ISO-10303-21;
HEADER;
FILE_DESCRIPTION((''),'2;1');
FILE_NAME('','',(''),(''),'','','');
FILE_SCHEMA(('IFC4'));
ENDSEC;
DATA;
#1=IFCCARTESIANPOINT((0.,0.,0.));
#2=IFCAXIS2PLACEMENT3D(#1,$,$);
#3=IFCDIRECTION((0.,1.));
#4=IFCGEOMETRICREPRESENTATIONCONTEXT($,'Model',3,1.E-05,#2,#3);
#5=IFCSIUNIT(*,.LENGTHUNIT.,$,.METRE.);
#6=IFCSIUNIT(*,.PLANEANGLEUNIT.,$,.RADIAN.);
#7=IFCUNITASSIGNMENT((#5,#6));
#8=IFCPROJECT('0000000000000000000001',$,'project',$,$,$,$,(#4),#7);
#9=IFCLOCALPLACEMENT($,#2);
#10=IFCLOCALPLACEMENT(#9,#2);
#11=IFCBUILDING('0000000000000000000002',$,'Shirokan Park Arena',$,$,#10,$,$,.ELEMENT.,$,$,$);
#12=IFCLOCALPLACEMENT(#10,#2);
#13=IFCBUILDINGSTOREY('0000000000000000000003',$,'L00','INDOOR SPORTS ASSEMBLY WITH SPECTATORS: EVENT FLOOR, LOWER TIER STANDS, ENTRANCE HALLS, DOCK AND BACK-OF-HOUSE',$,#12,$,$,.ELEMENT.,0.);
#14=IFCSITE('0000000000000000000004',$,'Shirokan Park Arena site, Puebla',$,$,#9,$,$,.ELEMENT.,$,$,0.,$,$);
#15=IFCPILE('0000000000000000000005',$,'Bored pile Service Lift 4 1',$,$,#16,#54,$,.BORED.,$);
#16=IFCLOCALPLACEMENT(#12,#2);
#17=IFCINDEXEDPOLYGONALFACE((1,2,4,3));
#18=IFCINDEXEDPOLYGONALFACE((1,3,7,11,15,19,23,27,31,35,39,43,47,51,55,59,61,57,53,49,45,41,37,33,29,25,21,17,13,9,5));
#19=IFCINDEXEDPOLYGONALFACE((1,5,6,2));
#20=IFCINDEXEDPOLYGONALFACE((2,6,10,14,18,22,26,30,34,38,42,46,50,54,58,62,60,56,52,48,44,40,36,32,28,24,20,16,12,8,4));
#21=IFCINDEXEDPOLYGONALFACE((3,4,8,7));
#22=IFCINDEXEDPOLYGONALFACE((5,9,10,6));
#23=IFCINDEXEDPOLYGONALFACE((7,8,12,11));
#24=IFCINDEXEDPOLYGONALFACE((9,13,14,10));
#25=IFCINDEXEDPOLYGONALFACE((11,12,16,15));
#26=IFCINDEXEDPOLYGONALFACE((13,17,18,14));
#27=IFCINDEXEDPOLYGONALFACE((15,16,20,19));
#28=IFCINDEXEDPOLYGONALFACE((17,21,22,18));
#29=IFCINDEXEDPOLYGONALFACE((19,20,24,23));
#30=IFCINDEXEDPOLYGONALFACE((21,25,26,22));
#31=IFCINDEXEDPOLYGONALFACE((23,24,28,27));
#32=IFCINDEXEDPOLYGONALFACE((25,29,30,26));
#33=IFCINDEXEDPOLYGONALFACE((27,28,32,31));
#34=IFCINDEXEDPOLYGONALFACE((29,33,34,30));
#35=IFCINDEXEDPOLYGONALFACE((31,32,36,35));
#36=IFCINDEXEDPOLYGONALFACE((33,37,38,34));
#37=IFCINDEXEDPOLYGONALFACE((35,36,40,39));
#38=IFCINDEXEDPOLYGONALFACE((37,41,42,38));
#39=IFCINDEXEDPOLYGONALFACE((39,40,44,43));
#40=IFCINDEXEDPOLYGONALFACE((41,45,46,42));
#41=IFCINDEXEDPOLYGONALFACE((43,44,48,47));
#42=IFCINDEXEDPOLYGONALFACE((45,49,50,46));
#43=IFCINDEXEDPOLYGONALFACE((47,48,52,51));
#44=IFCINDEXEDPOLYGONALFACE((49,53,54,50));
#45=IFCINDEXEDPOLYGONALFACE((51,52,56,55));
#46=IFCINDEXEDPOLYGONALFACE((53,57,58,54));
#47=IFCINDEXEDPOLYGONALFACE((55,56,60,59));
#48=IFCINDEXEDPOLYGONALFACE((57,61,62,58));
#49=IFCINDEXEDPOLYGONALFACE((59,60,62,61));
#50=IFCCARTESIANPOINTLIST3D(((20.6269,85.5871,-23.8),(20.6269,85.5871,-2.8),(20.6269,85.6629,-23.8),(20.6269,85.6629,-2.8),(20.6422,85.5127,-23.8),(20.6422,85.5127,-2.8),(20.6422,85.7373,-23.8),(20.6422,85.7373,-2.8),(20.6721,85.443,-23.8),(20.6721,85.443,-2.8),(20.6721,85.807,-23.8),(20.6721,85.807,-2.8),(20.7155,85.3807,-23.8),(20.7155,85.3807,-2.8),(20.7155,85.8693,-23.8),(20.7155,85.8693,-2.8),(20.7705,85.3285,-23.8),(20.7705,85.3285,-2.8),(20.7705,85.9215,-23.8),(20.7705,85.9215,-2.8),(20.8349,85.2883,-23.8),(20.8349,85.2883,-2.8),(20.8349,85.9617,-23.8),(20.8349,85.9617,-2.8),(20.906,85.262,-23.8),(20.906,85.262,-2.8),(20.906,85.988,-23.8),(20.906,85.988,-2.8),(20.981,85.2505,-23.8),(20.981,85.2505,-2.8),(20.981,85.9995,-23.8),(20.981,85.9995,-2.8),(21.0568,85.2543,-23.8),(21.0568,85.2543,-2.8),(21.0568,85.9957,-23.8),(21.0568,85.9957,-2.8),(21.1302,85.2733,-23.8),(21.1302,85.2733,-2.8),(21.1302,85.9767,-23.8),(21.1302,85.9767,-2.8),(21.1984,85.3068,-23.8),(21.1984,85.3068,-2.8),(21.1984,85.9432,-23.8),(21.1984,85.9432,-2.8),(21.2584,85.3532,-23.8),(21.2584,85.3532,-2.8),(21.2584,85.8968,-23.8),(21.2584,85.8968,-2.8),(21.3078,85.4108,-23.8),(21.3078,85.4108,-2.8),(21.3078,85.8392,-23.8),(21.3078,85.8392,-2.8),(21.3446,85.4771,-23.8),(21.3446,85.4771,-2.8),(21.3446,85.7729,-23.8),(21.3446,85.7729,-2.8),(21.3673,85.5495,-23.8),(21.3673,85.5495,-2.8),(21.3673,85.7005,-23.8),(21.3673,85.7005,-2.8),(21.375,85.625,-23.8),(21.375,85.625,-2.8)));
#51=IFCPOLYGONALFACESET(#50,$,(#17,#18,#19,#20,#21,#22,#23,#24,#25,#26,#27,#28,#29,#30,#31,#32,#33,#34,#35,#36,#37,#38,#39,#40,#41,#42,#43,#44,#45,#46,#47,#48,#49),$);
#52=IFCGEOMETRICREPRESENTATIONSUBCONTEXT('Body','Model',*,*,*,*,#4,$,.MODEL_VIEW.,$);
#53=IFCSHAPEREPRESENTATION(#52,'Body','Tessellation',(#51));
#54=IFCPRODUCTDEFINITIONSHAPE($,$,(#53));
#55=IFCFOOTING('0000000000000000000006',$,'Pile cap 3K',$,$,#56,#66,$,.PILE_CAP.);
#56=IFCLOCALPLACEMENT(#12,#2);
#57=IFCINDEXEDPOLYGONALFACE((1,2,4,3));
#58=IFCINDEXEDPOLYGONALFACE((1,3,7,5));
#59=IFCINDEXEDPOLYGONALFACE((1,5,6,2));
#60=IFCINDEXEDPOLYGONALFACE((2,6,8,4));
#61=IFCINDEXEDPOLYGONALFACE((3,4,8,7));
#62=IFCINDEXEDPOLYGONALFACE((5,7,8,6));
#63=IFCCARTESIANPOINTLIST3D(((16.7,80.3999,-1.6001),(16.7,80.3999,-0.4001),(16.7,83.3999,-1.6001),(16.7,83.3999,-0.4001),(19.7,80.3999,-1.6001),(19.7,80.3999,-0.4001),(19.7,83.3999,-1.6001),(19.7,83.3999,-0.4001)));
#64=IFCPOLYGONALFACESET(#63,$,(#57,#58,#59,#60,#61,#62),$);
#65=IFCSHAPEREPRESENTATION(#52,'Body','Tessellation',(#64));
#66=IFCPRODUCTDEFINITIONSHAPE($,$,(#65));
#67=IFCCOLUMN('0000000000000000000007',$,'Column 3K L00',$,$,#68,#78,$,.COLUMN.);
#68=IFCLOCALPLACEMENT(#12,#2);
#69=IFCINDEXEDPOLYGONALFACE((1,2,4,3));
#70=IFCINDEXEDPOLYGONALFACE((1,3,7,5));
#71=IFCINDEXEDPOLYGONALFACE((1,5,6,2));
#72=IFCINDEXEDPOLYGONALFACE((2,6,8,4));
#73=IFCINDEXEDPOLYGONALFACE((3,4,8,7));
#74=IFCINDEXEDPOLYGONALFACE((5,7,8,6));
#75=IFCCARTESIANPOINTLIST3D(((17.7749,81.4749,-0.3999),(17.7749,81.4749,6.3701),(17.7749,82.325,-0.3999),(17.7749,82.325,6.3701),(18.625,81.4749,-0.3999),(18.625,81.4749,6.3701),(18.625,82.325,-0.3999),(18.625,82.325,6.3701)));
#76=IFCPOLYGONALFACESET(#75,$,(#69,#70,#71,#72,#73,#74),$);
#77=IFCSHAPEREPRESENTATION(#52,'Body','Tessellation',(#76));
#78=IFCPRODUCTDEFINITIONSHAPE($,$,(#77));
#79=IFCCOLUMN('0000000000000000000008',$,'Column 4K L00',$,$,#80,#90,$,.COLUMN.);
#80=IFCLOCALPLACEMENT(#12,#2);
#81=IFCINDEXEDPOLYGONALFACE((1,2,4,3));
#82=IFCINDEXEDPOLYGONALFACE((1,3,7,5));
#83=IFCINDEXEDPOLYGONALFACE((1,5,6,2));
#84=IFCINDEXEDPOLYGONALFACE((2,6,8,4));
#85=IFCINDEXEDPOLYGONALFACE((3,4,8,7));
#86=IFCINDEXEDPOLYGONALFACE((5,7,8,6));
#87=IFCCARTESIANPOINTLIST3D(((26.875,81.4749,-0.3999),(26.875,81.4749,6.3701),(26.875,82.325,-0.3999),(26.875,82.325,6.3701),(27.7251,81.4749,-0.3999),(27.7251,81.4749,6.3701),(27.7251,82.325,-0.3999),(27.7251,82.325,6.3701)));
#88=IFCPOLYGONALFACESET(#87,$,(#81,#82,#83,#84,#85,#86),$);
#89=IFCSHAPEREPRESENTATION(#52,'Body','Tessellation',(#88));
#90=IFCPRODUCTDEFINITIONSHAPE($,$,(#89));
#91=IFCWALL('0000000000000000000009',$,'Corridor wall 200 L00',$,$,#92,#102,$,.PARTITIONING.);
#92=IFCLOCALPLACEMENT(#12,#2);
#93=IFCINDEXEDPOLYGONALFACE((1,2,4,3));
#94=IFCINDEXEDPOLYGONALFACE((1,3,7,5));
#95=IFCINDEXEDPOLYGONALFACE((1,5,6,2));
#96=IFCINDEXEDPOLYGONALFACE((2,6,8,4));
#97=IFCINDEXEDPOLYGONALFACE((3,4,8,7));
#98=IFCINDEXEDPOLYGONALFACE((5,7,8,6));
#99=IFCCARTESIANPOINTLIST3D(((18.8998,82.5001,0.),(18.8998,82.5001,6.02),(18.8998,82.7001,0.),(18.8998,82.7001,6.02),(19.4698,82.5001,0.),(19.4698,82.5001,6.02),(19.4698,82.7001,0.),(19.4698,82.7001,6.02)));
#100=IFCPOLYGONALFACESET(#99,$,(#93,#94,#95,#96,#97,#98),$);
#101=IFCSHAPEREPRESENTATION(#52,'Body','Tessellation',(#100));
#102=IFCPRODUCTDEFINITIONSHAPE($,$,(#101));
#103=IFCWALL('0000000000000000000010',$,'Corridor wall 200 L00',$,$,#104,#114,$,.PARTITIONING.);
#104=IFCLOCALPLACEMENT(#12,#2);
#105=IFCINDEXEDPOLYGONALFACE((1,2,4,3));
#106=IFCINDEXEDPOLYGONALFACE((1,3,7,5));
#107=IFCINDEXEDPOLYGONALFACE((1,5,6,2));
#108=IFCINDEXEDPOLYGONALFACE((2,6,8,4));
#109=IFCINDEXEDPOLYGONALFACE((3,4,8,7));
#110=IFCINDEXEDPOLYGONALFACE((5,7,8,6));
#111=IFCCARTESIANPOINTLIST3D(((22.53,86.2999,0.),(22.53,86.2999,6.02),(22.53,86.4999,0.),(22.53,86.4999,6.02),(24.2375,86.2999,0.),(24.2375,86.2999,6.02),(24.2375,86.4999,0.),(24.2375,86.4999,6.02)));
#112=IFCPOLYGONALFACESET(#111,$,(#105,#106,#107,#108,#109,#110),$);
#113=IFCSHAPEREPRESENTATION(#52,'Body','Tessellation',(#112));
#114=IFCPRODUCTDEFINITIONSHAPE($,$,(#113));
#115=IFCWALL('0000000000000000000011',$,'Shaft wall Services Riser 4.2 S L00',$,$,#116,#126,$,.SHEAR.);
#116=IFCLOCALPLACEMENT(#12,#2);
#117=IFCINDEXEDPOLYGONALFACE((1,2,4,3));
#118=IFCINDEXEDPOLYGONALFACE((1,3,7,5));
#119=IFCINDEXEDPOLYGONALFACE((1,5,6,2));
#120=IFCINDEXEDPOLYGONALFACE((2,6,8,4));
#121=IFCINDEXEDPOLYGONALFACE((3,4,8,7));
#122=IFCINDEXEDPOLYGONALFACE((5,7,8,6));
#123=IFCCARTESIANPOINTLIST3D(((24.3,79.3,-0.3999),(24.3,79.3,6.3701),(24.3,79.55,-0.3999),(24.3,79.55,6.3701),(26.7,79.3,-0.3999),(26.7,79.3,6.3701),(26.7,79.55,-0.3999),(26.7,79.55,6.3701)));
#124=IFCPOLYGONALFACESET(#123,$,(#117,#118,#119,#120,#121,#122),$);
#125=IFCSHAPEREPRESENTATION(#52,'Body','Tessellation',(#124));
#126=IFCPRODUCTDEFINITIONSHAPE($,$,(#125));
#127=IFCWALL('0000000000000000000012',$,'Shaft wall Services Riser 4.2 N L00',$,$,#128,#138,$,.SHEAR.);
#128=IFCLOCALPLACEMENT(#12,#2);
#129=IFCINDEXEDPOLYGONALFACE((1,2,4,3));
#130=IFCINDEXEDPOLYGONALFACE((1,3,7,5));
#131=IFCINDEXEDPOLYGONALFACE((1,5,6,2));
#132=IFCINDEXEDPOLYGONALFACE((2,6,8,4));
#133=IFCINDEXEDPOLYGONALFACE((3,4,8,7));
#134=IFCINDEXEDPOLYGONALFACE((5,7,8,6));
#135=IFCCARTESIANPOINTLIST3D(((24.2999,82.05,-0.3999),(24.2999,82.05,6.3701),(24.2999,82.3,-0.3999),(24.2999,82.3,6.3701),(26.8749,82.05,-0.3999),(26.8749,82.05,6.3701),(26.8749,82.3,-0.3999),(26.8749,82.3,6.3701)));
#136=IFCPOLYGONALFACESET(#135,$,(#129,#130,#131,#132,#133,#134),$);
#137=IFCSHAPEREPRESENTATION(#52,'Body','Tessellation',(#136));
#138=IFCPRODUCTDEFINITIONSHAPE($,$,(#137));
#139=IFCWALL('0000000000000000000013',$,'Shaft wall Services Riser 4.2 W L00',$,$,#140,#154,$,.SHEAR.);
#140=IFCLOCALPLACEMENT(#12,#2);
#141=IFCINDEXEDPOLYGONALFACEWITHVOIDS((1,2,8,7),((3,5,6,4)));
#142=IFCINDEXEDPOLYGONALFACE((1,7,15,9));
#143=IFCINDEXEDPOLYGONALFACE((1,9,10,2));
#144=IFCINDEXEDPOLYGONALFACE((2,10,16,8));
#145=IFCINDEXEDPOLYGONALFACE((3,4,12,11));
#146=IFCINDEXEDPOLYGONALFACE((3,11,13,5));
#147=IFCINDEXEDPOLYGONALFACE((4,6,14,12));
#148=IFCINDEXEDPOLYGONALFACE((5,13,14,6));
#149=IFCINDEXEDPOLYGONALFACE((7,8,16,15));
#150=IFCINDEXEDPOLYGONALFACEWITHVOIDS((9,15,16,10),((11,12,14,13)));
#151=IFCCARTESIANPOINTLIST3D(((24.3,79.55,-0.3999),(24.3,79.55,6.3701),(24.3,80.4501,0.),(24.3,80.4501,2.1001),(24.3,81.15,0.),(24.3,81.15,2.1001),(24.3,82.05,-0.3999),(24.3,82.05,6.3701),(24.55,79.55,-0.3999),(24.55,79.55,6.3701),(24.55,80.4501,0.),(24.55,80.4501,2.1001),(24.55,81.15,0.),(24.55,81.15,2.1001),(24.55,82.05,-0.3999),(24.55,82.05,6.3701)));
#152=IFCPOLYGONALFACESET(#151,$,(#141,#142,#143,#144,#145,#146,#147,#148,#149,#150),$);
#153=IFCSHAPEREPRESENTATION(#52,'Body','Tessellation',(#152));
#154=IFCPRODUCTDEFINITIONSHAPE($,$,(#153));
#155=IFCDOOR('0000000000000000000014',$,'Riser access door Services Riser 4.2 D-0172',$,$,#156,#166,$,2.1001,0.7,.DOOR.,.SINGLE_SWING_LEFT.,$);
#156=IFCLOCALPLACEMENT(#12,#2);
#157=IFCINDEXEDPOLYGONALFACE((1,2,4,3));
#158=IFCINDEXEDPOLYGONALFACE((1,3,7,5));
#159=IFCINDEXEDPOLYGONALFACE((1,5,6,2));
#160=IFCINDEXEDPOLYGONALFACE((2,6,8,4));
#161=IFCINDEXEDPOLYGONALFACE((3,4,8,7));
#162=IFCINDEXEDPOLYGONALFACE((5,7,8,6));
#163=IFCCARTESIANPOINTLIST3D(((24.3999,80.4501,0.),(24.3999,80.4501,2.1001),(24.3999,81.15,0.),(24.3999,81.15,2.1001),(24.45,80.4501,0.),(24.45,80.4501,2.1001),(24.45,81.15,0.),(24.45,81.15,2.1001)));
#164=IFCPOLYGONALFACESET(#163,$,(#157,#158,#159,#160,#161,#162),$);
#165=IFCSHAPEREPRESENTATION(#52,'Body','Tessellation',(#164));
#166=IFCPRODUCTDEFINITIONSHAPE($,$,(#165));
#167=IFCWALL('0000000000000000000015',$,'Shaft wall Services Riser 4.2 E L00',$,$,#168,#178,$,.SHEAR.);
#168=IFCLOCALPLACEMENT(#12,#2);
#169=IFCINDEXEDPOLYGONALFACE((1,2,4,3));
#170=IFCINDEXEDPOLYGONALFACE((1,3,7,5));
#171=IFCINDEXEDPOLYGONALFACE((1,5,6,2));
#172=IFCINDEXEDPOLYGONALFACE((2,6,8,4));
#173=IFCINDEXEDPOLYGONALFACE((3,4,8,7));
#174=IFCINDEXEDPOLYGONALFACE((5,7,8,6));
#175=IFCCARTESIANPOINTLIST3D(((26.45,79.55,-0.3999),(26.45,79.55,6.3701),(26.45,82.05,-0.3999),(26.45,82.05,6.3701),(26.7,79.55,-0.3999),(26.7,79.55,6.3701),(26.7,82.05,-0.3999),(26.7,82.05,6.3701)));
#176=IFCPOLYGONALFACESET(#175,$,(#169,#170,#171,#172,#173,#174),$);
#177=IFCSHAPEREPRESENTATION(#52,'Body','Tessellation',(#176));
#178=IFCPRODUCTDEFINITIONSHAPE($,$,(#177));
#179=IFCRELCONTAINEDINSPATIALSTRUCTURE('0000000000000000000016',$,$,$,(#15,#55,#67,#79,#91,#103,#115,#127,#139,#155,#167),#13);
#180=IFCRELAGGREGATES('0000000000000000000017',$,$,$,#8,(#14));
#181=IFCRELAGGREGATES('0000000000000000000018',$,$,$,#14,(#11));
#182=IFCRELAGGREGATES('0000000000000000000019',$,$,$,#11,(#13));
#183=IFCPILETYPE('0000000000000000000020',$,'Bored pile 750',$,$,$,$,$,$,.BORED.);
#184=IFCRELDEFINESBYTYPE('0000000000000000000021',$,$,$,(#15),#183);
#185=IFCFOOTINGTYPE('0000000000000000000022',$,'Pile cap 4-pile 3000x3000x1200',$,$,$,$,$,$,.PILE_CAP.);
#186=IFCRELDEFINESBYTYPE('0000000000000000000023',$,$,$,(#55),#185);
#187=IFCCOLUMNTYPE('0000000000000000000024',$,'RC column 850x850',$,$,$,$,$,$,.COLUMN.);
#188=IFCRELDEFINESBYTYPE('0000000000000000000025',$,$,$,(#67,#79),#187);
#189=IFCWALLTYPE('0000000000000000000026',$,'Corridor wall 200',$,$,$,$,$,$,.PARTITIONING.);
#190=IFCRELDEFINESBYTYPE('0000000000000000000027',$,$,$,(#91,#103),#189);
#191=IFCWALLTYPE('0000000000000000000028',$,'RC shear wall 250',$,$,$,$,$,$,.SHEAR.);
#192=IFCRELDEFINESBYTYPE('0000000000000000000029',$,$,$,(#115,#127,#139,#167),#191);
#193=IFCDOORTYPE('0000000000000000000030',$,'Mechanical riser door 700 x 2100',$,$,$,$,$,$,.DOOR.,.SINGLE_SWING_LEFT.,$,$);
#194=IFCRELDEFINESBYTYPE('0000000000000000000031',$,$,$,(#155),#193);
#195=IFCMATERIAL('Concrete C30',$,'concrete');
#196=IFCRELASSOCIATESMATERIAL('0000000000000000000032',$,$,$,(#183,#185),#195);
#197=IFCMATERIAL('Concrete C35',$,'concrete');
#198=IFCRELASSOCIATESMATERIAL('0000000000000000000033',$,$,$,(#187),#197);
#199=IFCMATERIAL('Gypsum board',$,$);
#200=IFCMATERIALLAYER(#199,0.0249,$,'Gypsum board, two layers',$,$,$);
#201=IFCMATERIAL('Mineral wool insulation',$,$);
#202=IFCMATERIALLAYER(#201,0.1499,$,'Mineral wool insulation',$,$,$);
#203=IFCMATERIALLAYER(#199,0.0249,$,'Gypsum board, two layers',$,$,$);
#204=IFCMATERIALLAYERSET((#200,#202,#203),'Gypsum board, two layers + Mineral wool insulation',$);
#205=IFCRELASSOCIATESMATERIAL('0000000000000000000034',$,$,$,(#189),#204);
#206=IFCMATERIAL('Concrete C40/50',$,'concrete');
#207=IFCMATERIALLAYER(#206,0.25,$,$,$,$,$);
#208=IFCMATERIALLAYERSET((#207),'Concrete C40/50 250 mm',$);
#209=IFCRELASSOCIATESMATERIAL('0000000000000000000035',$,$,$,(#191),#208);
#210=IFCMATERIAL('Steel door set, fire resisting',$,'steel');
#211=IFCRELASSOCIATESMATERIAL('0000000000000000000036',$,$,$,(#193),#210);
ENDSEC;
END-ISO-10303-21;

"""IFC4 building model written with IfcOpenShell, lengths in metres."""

from ifc_helpers import new_model, si_unit, direction, frame, frame_2d, origin, origin_2d, place, context, subcontext, project, spatial, rectangle, circle, extrude, material, layer, layer_set, material_profile, profile_set, type_object, element, fill, save


model = new_model("IFC4")

# Units and contexts
model_context = context("Model", 3, precision=1e-05, world=origin(), true_north=direction((0.0, 1.0)))
body_context = subcontext(model_context, "Body", "Model", "MODEL_VIEW")
ifc_project = project(units=[si_unit("LENGTHUNIT", "METRE"), si_unit("PLANEANGLEUNIT", "RADIAN")], contexts=[model_context])

# Site, building, storey
site_placement = place(None, origin())
site = spatial("IfcSite", under=ifc_project, at=site_placement, Name="Shirokan Park Arena site, Puebla", CompositionType="ELEMENT", RefElevation=0.0)
building_placement = place(site_placement, origin())
building = spatial("IfcBuilding", under=site, at=building_placement, Name="Shirokan Park Arena", CompositionType="ELEMENT")
storey_placement = place(building_placement, origin())
storey = spatial("IfcBuildingStorey", under=building, at=storey_placement, Name="L00", Description="INDOOR SPORTS ASSEMBLY WITH SPECTATORS: EVENT FLOOR, LOWER TIER STANDS, ENTRANCE HALLS, DOCK AND BACK-OF-HOUSE", CompositionType="ELEMENT", Elevation=0.0)

# Pile
ifc_material_1 = material(Name="Concrete C30", Category="concrete")
ifc_material_profile_1 = material_profile(ifc_material_1, circle(Radius=0.375, at=origin_2d()), Name="D750")
ifc_profile_set_1 = profile_set([ifc_material_profile_1], Name="Concrete C30")
pile_type_1 = type_object("IfcPileType", Name="Bored pile 750", PredefinedType="BORED", material=ifc_profile_set_1)
for number, where, z_axis, x_axis, name in (
    (1, (21.0, 85.625, -2.8), (0.0, 0.0, -1.0), (1.0, 0.0, 0.0), "Bored pile Service Lift 4 1"),
):
    element("IfcPile", number, at=place(storey_placement, frame(where, z_axis=z_axis, x_axis=x_axis)), inside=storey, type_object=pile_type_1, Name=name, PredefinedType="BORED", context=body_context, shape_type="SweptSolid", body=[
        extrude(circle(Radius=0.375, at=origin_2d()), origin(), (0.0, 0.0, 1.0), 21.0),
    ])

# Footing
footing_type = type_object("IfcFootingType", Name="Pile cap 4-pile 3000x3000x1200", PredefinedType="PILE_CAP", material=ifc_material_1)
footing_placement = place(storey_placement, frame((18.2, 81.8999, -1.6001), z_axis=(0.0, 0.0, 1.0), x_axis=(1.0, 0.0, 0.0)))
element("IfcFooting", 2, at=footing_placement, inside=storey, type_object=footing_type, Name="Pile cap 3K", PredefinedType="PILE_CAP", context=body_context, shape_type="SweptSolid", body=[
    extrude(rectangle(XDim=3.0, YDim=3.0, at=origin_2d()), origin(), (0.0, 0.0, 1.0), 1.2),
])

# Columns
ifc_material_2 = material(Name="Concrete C35", Category="concrete")
ifc_material_profile_2 = material_profile(ifc_material_2, rectangle(XDim=0.8501, YDim=0.8501, at=origin_2d()), Name="850x850")
ifc_profile_set_2 = profile_set([ifc_material_profile_2], Name="Concrete C35")
column_type = type_object("IfcColumnType", Name="RC column 850x850", PredefinedType="COLUMN", material=ifc_profile_set_2)
for number, where, z_axis, x_axis, name in (
    (3, (18.2, 81.8999, -0.3999), (0.0, 0.0, 1.0), (1.0, 0.0, 0.0), "Column 3K L00"),
    (4, (27.3, 81.8999, -0.3999), (0.0, 0.0, 1.0), (1.0, 0.0, 0.0), "Column 4K L00"),
):
    element("IfcColumn", number, at=place(storey_placement, frame(where, z_axis=z_axis, x_axis=x_axis)), inside=storey, type_object=column_type, Name=name, PredefinedType="COLUMN", context=body_context, shape_type="SweptSolid", body=[
        extrude(rectangle(XDim=0.8501, YDim=0.8501, at=origin_2d()), origin(), (0.0, 0.0, 1.0), 6.77),
    ])

# Walls
ifc_material_3 = material(Name="Gypsum board")
ifc_layer_1 = layer(ifc_material_3, 0.0249, Name="Gypsum board, two layers")
ifc_material_4 = material(Name="Mineral wool insulation")
ifc_layer_2 = layer(ifc_material_4, 0.1499, Name="Mineral wool insulation")
ifc_layer_3 = layer(ifc_material_3, 0.0249, Name="Gypsum board, two layers")
ifc_layer_set_1 = layer_set([ifc_layer_1, ifc_layer_2, ifc_layer_3], Name="Gypsum board, two layers + Mineral wool insulation")
wall_type_1 = type_object("IfcWallType", Name="Corridor wall 200", PredefinedType="PARTITIONING", material=ifc_layer_set_1)
wall_1_placement = place(storey_placement, frame((19.47, 82.6001, 0.0), z_axis=(0.0, 0.0, 1.0), x_axis=(-1.0, 0.0, 0.0)))
element("IfcWall", 5, at=wall_1_placement, inside=storey, type_object=wall_type_1, Name="Corridor wall 200 L00", PredefinedType="PARTITIONING", context=body_context, shape_type="SweptSolid", body=[
    extrude(rectangle(XDim=0.5701, YDim=0.2, at=frame_2d((0.2852, 0.0))), origin(), (0.0, 0.0, 1.0), 6.02),
])
wall_2_placement = place(storey_placement, frame((24.2375, 86.3999, 0.0), z_axis=(0.0, 0.0, 1.0), x_axis=(-1.0, 0.0, 0.0)))
element("IfcWall", 6, at=wall_2_placement, inside=storey, type_object=wall_type_1, Name="Corridor wall 200 L00", PredefinedType="PARTITIONING", context=body_context, shape_type="SweptSolid", body=[
    extrude(rectangle(XDim=1.7075, YDim=0.2, at=frame_2d((0.8538, 0.0))), origin(), (0.0, 0.0, 1.0), 6.02),
])
ifc_material_5 = material(Name="Concrete C40/50", Category="concrete")
ifc_layer_4 = layer(ifc_material_5, 0.25)
ifc_layer_set_2 = layer_set([ifc_layer_4], Name="Concrete C40/50 250 mm")
wall_type_2 = type_object("IfcWallType", Name="RC shear wall 250", PredefinedType="SHEAR", material=ifc_layer_set_2)
wall_3_placement = place(storey_placement, frame((26.7, 79.425, -0.3999), z_axis=(0.0, 0.0, 1.0), x_axis=(-1.0, 0.0, 0.0)))
element("IfcWall", 7, at=wall_3_placement, inside=storey, type_object=wall_type_2, Name="Shaft wall Services Riser 4.2 S L00", PredefinedType="SHEAR", context=body_context, shape_type="SweptSolid", body=[
    extrude(rectangle(XDim=2.3999, YDim=0.25, at=frame_2d((1.2, 0.0))), origin(), (0.0, 0.0, 1.0), 6.77),
])
wall_4_placement = place(storey_placement, frame((26.875, 82.175, -0.3999), z_axis=(0.0, 0.0, 1.0), x_axis=(-1.0, 0.0, 0.0)))
element("IfcWall", 8, at=wall_4_placement, inside=storey, type_object=wall_type_2, Name="Shaft wall Services Riser 4.2 N L00", PredefinedType="SHEAR", context=body_context, shape_type="SweptSolid", body=[
    extrude(rectangle(XDim=2.575, YDim=0.25, at=frame_2d((1.2876, 0.0))), origin(), (0.0, 0.0, 1.0), 6.77),
])

# Wall, opening, door
wall_5_placement = place(storey_placement, frame((24.425, 82.05, -0.3999), z_axis=(0.0, 0.0, 1.0), x_axis=(0.0, -1.0, 0.0)))
wall_5 = element("IfcWall", 9, at=wall_5_placement, inside=storey, type_object=wall_type_2, Name="Shaft wall Services Riser 4.2 W L00", PredefinedType="SHEAR", context=body_context, shape_type="SweptSolid", body=[
    extrude(rectangle(XDim=2.5, YDim=0.25, at=frame_2d((1.25, 0.0))), origin(), (0.0, 0.0, 1.0), 6.77),
])
opening_1_placement = place(wall_5_placement, frame((0.8999, 0.0, 0.3999)))
opening_1 = element("IfcOpeningElement", 10, at=opening_1_placement, cuts=wall_5, PredefinedType="OPENING", context=body_context, shape_type="SweptSolid", body=[
    extrude(rectangle(XDim=0.7, YDim=2.1001, at=frame_2d((0.3501, 1.05))), frame((0.0, 0.135, 0.0), z_axis=(0.0, -1.0, 0.0), x_axis=(1.0, 0.0, 0.0)), (0.0, 0.0, 1.0), 0.27),
])
ifc_material_6 = material(Name="Steel door set, fire resisting", Category="steel")
door_type_1 = type_object("IfcDoorType", Name="Mechanical riser door 700 x 2100", OperationType="SINGLE_SWING_LEFT", PredefinedType="DOOR", material=ifc_material_6)
door_1_placement = place(opening_1_placement, origin())
door_1 = element("IfcDoor", 11, at=door_1_placement, inside=storey, type_object=door_type_1, Name="Riser access door Services Riser 4.2 D-0172", OperationType="SINGLE_SWING_LEFT", OverallHeight=2.1001, OverallWidth=0.7, PredefinedType="DOOR", context=body_context, shape_type="SweptSolid", body=[
    extrude(rectangle(XDim=0.7, YDim=2.1001, at=frame_2d((0.3501, 1.05))), frame((0.0, 0.0249, 0.0), z_axis=(0.0, -1.0, 0.0), x_axis=(1.0, 0.0, 0.0)), (0.0, 0.0, 1.0), 0.05),
])
fill(opening_1, door_1)

# Wall
wall_6_placement = place(storey_placement, frame((26.575, 82.05, -0.3999), z_axis=(0.0, 0.0, 1.0), x_axis=(0.0, -1.0, 0.0)))
element("IfcWall", 12, at=wall_6_placement, inside=storey, type_object=wall_type_2, Name="Shaft wall Services Riser 4.2 E L00", PredefinedType="SHEAR", context=body_context, shape_type="SweptSolid", body=[
    extrude(rectangle(XDim=2.5, YDim=0.25, at=frame_2d((1.25, 0.0))), origin(), (0.0, 0.0, 1.0), 6.77),
])

save(model, "model.ifc")
